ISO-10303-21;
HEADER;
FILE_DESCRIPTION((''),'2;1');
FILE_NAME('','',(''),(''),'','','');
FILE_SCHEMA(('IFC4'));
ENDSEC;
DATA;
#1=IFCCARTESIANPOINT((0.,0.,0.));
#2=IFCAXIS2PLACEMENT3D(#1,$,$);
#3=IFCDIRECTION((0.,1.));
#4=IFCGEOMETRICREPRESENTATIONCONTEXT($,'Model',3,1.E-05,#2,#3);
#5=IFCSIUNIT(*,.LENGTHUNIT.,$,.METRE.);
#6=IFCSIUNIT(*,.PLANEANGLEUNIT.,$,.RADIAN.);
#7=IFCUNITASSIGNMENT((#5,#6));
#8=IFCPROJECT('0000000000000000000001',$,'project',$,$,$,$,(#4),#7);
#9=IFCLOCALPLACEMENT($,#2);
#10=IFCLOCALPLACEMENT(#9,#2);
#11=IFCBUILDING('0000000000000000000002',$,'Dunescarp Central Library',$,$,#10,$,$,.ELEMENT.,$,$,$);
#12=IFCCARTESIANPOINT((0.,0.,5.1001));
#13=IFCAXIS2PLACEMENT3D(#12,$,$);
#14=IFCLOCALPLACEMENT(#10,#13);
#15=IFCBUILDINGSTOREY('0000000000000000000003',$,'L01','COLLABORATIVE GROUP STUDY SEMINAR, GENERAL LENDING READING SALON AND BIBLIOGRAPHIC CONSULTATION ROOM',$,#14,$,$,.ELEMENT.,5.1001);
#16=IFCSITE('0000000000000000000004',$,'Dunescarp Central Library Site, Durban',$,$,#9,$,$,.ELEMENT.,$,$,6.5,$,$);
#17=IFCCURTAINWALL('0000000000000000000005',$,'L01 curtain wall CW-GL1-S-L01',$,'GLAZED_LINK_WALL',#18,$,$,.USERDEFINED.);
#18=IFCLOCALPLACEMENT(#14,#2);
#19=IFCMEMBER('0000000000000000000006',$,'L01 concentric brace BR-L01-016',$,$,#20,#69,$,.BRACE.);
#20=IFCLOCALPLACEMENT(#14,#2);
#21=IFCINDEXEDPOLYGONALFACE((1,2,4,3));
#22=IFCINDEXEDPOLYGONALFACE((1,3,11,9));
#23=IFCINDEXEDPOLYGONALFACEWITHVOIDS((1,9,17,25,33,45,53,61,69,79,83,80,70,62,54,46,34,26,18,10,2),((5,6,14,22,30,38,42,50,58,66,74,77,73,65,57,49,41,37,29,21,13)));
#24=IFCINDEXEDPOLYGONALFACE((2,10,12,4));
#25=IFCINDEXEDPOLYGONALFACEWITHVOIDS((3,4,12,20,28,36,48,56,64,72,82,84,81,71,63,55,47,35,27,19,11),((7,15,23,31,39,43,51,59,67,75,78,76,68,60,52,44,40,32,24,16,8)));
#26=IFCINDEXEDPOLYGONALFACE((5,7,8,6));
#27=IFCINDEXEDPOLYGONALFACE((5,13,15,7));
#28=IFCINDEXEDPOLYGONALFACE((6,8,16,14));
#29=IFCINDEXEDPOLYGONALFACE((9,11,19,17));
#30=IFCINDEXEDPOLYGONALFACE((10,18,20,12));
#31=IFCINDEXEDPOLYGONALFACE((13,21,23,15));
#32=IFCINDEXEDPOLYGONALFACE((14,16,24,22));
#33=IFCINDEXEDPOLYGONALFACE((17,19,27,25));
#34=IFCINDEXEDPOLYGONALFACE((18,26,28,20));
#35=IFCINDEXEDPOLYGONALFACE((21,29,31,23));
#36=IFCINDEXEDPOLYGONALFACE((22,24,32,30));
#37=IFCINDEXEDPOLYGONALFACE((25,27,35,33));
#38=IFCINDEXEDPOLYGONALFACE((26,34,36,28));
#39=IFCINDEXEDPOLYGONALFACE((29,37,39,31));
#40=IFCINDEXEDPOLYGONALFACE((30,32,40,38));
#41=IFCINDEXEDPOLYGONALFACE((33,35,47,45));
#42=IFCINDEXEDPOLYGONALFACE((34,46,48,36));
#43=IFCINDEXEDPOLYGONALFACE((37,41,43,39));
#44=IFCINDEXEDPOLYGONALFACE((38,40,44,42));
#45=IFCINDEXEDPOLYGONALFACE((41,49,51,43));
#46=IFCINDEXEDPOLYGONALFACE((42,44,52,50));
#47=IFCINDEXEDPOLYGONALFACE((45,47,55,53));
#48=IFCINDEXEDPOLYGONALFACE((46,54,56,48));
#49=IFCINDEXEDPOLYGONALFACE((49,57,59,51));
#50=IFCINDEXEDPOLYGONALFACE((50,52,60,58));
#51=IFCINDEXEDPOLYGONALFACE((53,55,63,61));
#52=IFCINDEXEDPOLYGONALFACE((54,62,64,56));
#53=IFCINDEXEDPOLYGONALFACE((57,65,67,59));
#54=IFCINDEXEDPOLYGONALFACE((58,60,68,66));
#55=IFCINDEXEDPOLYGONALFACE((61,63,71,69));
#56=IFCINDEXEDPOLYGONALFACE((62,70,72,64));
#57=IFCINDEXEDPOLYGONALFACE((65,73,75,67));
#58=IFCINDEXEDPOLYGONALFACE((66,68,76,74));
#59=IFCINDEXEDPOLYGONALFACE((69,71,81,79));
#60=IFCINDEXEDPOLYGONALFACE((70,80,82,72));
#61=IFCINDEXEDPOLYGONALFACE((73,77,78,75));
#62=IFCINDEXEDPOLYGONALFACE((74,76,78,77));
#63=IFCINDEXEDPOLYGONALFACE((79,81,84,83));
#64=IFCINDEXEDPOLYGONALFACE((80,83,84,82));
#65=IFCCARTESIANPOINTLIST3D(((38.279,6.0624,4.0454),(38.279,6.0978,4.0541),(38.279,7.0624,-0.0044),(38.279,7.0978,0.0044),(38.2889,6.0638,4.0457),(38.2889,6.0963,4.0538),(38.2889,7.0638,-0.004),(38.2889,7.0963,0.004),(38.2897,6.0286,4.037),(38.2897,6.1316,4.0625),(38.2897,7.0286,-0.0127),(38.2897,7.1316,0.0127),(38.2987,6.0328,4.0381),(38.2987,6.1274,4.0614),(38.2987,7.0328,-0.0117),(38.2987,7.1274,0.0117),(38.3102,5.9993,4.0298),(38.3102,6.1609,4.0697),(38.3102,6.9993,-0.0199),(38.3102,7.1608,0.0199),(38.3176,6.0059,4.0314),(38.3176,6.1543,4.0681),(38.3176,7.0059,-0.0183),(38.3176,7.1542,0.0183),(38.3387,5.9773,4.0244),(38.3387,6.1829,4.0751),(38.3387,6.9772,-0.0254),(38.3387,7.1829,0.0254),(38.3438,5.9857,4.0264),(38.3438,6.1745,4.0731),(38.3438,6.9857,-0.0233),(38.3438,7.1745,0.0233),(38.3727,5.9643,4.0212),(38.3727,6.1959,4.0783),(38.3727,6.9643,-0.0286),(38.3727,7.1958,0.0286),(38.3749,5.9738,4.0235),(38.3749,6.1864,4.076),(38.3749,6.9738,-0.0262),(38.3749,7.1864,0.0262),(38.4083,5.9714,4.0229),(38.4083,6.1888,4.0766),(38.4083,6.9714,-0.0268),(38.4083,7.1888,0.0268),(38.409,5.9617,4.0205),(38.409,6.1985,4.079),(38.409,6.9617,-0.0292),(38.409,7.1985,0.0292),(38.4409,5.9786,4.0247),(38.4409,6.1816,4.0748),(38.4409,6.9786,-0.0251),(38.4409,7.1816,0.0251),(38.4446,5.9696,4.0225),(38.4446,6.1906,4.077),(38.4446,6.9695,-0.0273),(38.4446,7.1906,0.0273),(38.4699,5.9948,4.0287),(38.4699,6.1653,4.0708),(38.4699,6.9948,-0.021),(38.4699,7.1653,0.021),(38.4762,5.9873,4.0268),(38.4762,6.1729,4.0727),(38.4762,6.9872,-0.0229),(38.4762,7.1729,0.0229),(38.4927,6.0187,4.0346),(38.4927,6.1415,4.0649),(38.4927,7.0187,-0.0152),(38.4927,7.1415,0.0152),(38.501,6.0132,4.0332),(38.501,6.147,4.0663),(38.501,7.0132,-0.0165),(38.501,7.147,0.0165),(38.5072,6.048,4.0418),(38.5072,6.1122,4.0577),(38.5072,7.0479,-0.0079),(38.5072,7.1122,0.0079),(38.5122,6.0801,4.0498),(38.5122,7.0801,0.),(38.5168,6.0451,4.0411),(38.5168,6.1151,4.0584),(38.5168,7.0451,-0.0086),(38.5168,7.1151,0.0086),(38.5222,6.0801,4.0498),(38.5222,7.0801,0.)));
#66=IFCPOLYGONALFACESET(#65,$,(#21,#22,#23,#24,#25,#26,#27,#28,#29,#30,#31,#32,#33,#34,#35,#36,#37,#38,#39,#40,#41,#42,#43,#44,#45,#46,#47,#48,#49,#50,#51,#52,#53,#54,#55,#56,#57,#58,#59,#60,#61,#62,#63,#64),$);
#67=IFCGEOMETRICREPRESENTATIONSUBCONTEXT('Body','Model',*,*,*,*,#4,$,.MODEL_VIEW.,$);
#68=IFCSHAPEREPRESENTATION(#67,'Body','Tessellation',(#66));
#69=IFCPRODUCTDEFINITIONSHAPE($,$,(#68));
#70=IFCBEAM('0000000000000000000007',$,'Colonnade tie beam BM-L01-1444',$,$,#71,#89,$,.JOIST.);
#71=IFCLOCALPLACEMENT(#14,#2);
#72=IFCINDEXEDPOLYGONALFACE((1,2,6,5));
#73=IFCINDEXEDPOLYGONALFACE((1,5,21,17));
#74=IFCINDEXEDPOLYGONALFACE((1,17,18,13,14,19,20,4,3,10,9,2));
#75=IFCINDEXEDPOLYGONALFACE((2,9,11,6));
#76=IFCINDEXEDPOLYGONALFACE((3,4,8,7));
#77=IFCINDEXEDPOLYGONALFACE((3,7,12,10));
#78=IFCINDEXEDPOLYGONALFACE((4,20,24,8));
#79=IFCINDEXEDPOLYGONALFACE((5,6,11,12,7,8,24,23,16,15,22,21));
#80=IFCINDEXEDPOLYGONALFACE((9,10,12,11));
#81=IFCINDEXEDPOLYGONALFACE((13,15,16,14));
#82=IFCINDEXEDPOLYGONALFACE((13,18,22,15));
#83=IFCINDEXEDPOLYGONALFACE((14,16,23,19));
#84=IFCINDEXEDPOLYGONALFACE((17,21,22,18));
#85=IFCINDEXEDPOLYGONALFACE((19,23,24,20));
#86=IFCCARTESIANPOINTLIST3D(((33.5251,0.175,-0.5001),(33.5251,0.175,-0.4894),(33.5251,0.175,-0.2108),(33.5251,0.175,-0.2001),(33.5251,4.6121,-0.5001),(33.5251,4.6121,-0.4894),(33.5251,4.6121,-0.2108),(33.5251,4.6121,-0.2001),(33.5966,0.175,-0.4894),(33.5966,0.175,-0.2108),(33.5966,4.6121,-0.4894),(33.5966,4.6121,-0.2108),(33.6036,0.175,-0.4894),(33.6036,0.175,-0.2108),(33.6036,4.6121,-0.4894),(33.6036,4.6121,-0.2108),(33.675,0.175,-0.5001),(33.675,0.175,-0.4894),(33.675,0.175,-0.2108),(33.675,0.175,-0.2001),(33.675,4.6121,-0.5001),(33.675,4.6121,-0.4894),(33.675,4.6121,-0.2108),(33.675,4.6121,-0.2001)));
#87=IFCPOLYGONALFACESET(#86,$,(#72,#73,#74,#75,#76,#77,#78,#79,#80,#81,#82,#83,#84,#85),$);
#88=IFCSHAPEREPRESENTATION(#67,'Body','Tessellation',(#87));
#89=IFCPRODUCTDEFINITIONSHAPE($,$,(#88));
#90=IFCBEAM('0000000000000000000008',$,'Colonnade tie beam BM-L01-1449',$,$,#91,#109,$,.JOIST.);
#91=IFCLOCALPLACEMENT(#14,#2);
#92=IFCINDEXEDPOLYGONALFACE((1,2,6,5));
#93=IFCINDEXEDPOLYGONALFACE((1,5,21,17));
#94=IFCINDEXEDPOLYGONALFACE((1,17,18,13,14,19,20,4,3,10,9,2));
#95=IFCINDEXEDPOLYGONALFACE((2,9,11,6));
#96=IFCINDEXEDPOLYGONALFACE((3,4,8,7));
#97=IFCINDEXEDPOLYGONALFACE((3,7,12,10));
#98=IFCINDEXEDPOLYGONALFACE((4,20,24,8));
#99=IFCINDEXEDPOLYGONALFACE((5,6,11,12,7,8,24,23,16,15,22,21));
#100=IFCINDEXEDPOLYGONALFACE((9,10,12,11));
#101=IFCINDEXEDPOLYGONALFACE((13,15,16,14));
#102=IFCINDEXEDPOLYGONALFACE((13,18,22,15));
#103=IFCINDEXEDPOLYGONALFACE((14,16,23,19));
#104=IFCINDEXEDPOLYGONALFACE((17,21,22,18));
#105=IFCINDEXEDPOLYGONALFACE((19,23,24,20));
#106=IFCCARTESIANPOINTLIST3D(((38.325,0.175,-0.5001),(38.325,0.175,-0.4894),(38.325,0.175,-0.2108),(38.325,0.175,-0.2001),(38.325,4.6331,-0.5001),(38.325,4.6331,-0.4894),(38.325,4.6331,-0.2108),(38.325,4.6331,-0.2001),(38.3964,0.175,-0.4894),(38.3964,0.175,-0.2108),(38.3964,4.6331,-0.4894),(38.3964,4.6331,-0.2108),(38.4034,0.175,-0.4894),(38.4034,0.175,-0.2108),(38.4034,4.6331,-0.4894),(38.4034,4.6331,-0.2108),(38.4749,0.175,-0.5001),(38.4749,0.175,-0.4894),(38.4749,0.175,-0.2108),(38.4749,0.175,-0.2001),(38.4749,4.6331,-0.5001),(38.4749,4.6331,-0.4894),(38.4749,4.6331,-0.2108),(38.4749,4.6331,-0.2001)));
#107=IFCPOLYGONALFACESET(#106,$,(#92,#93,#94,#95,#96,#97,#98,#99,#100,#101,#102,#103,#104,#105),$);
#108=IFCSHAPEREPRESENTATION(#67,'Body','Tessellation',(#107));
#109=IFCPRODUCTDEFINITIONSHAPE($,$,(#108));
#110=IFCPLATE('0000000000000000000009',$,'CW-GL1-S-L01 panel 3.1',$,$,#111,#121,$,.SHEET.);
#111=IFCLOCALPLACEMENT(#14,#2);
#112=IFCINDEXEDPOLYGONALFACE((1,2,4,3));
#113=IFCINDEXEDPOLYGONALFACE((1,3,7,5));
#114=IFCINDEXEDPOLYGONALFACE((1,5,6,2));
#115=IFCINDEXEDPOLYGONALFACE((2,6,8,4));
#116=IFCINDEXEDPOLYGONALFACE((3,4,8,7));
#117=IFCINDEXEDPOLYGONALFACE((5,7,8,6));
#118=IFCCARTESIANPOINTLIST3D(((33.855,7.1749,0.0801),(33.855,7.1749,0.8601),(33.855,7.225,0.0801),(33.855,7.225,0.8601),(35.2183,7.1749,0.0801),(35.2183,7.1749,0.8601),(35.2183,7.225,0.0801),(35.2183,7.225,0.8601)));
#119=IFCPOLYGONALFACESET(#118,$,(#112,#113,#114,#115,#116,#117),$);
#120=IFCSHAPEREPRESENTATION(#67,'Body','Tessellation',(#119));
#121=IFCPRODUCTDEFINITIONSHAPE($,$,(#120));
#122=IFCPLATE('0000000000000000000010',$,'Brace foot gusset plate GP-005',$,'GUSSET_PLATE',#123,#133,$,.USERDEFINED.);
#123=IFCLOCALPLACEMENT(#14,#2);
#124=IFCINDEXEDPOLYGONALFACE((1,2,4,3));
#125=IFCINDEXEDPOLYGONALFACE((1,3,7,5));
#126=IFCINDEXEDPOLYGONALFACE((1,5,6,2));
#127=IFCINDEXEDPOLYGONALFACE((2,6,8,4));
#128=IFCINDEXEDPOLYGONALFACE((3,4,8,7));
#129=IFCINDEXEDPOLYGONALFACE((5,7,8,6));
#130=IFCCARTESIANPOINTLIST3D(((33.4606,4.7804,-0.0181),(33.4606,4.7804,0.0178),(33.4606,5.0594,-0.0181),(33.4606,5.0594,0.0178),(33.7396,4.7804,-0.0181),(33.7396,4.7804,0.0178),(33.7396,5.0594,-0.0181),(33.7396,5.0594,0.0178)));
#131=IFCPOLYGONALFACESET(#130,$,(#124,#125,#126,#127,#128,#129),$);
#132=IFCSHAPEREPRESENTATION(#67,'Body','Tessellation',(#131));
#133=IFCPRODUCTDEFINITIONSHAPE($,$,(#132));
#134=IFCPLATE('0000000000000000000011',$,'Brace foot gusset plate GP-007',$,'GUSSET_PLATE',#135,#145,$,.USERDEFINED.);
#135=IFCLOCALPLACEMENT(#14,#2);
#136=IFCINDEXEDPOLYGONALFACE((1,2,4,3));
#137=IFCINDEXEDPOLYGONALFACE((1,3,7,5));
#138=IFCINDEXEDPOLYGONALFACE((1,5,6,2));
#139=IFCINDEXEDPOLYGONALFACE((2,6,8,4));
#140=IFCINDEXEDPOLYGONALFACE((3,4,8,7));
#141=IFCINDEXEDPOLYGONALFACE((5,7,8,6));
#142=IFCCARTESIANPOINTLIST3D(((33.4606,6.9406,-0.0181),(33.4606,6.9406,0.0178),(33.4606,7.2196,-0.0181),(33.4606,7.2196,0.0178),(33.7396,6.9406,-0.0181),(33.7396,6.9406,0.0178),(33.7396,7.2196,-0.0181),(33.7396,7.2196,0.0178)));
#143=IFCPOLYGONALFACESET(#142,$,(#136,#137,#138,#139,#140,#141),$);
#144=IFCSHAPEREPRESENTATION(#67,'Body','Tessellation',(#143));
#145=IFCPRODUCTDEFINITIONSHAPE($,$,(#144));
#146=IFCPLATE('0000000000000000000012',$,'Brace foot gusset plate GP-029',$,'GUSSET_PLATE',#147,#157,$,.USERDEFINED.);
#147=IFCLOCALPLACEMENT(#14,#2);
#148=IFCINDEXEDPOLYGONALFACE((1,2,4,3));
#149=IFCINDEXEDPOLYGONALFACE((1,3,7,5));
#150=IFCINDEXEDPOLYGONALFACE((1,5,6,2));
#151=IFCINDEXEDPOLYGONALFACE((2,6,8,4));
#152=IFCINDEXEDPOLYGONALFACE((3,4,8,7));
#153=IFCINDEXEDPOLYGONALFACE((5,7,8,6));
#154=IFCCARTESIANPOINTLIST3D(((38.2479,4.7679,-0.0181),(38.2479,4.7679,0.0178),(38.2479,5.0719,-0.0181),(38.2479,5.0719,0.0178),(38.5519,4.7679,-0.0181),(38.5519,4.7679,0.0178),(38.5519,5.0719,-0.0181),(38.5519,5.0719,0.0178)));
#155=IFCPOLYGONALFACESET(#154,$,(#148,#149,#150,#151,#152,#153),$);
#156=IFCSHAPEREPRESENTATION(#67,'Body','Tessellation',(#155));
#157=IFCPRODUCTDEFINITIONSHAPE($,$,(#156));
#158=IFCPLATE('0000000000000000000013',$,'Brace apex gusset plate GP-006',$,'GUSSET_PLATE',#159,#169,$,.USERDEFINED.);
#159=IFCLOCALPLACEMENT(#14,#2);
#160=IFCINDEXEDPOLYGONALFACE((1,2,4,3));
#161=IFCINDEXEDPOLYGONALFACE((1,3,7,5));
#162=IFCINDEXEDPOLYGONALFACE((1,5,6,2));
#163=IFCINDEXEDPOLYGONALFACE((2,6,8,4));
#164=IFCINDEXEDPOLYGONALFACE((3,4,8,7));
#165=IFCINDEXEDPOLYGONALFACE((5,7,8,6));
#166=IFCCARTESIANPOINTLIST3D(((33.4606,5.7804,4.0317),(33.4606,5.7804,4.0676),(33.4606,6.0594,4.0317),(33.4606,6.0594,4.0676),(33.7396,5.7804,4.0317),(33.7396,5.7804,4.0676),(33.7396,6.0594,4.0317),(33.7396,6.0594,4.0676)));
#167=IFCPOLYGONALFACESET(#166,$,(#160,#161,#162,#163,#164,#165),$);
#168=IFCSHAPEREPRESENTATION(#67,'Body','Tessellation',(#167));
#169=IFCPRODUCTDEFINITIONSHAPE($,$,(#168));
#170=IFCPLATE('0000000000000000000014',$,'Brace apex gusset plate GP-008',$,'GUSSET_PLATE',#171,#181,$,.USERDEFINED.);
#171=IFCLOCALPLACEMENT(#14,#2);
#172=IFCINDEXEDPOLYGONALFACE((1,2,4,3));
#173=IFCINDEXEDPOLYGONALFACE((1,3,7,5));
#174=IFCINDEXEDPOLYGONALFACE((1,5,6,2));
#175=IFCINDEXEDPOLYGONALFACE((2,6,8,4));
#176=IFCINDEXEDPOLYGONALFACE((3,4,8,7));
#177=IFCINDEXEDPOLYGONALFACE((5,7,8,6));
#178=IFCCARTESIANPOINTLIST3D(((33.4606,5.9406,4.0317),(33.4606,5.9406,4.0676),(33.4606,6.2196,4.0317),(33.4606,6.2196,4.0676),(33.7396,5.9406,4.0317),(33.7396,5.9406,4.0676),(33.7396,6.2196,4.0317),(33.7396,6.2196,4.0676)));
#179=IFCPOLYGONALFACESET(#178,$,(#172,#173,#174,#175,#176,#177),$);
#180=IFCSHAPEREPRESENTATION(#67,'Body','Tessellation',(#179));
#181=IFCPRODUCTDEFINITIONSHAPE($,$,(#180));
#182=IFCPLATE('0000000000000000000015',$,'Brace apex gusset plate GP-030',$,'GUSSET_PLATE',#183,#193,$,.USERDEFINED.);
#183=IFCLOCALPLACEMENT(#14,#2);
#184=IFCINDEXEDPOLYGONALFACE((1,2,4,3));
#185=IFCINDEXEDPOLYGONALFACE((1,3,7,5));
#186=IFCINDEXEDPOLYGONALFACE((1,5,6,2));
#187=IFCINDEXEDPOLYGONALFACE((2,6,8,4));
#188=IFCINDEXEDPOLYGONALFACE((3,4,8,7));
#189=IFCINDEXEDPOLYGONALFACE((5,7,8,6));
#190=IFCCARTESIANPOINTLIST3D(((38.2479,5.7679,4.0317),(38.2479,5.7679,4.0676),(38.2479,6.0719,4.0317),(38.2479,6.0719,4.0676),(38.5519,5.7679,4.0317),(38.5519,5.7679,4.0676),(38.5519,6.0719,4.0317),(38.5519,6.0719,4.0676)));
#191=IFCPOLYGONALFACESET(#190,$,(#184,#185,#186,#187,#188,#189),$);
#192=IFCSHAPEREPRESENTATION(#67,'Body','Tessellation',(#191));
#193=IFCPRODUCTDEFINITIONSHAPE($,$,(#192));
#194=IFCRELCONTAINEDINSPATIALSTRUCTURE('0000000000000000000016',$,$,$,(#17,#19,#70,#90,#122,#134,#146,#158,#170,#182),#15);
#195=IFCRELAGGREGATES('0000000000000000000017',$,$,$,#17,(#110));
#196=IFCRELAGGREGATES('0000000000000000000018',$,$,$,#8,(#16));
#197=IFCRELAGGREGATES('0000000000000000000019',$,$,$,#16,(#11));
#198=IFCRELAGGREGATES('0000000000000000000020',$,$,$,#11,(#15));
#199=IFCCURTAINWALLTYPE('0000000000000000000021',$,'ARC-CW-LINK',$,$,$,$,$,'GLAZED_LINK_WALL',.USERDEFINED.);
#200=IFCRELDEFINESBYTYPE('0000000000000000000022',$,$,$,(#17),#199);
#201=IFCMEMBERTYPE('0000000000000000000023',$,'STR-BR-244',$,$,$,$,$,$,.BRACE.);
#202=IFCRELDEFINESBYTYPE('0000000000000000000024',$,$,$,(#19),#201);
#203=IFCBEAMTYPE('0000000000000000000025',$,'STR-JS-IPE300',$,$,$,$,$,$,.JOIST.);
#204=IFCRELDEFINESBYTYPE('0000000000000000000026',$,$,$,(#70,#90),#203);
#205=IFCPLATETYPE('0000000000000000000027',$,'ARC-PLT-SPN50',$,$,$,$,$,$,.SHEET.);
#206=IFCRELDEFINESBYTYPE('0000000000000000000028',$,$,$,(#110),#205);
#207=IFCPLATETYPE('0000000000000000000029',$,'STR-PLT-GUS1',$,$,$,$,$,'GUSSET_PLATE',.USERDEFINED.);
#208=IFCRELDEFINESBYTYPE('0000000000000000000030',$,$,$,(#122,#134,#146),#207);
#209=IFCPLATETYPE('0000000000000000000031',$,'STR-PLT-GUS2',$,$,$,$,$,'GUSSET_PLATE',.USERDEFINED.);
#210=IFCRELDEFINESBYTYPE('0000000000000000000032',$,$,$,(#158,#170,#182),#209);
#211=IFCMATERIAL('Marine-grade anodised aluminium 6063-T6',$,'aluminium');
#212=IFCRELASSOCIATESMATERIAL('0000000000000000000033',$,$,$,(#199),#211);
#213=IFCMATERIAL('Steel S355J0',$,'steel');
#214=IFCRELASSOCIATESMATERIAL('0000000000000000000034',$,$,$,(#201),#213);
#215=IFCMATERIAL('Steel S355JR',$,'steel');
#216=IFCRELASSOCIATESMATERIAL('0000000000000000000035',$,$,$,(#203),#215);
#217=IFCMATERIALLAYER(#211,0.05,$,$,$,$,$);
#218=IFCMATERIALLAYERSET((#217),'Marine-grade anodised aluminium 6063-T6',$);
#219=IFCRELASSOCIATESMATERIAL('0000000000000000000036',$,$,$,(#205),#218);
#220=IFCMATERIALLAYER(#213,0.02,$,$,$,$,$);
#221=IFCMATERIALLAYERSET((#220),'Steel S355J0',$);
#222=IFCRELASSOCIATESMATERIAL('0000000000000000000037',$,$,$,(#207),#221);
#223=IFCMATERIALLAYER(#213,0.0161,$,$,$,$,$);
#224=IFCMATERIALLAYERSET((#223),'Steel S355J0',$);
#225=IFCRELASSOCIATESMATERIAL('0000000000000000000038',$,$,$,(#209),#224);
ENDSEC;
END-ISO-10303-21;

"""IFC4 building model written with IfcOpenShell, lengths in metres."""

from ifc_helpers import new_model, si_unit, direction, frame, origin, origin_2d, place, context, subcontext, project, spatial, rectangle, hollow_circle, i_section, extrude, material, layer, layer_set, material_profile, profile_set, type_object, element, aggregate, save


model = new_model("IFC4")

# Units and contexts
model_context = context("Model", 3, precision=1e-05, world=origin(), true_north=direction((0.0, 1.0)))
body_context = subcontext(model_context, "Body", "Model", "MODEL_VIEW")
ifc_project = project(units=[si_unit("LENGTHUNIT", "METRE"), si_unit("PLANEANGLEUNIT", "RADIAN")], contexts=[model_context])

# Site, building, storey
site_placement = place(None, origin())
site = spatial("IfcSite", under=ifc_project, at=site_placement, Name="Dunescarp Central Library Site, Durban", CompositionType="ELEMENT", RefElevation=6.5)
building_placement = place(site_placement, origin())
building = spatial("IfcBuilding", under=site, at=building_placement, Name="Dunescarp Central Library", CompositionType="ELEMENT")
storey_placement = place(building_placement, frame((0.0, 0.0, 5.1001)))
storey = spatial("IfcBuildingStorey", under=building, at=storey_placement, Name="L01", Description="COLLABORATIVE GROUP STUDY SEMINAR, GENERAL LENDING READING SALON AND BIBLIOGRAPHIC CONSULTATION ROOM", CompositionType="ELEMENT", Elevation=5.1001)

# Shared definitions
ifc_material_1 = material(Name="Steel S355JR", Category="steel")

# Curtain wall
ifc_material_2 = material(Name="Marine-grade anodised aluminium 6063-T6", Category="aluminium")
curtain_wall_type = type_object("IfcCurtainWallType", Name="ARC-CW-LINK", ElementType="GLAZED_LINK_WALL", PredefinedType="USERDEFINED", material=ifc_material_2)
curtain_wall_placement = place(storey_placement, origin())
curtain_wall = element("IfcCurtainWall", 1, at=curtain_wall_placement, inside=storey, type_object=curtain_wall_type, Name="L01 curtain wall CW-GL1-S-L01", ObjectType="GLAZED_LINK_WALL", PredefinedType="USERDEFINED")

# Member
ifc_material_3 = material(Name="Steel S355J0", Category="steel")
ifc_material_profile_1 = material_profile(ifc_material_3, hollow_circle(Radius=0.1223, WallThickness=0.01, at=origin_2d()), Name="CHS 244.5x10")
ifc_profile_set_1 = profile_set([ifc_material_profile_1], Name="Steel S355J0")
member_type_1 = type_object("IfcMemberType", Name="STR-BR-244", PredefinedType="BRACE", material=ifc_profile_set_1)
for number, where, z_axis, x_axis, name in (
    (2, (38.3999, 7.0801, 0.0), (0.0, -0.239725, 0.970841), (1.0, 0.0, 0.0), "L01 concentric brace BR-L01-016"),
):
    element("IfcMember", number, at=place(storey_placement, frame(where, z_axis=z_axis, x_axis=x_axis)), inside=storey, type_object=member_type_1, Name=name, PredefinedType="BRACE", context=body_context, shape_type="SweptSolid", body=[
        extrude(hollow_circle(Radius=0.1223, WallThickness=0.01, at=origin_2d()), origin(), (0.0, 0.0, 1.0), 4.1714),
    ])

# Beams
ifc_material_profile_2 = material_profile(ifc_material_1, i_section(OverallWidth=0.1499, OverallDepth=0.3, WebThickness=0.0071, FlangeThickness=0.0107, at=origin_2d()), Name="IPE 300")
ifc_profile_set_2 = profile_set([ifc_material_profile_2], Name="Steel S355JR")
beam_type_1 = type_object("IfcBeamType", Name="STR-JS-IPE300", PredefinedType="JOIST", material=ifc_profile_set_2)
beam_1_placement = place(storey_placement, frame((33.6001, 0.175, -0.3501), z_axis=(0.0, 1.0, 0.0), x_axis=(-1.0, 0.0, 0.0)))
element("IfcBeam", 3, at=beam_1_placement, inside=storey, type_object=beam_type_1, Name="Colonnade tie beam BM-L01-1444", PredefinedType="JOIST", context=body_context, shape_type="SweptSolid", body=[
    extrude(i_section(OverallWidth=0.1499, OverallDepth=0.3, WebThickness=0.0071, FlangeThickness=0.0107, at=origin_2d()), origin(), (0.0, 0.0, 1.0), 4.437),
])
beam_2_placement = place(storey_placement, frame((38.3999, 0.175, -0.3501), z_axis=(0.0, 1.0, 0.0), x_axis=(-1.0, 0.0, 0.0)))
element("IfcBeam", 4, at=beam_2_placement, inside=storey, type_object=beam_type_1, Name="Colonnade tie beam BM-L01-1449", PredefinedType="JOIST", context=body_context, shape_type="SweptSolid", body=[
    extrude(i_section(OverallWidth=0.1499, OverallDepth=0.3, WebThickness=0.0071, FlangeThickness=0.0107, at=origin_2d()), origin(), (0.0, 0.0, 1.0), 4.458),
])

# Plate
ifc_layer_1 = layer(ifc_material_2, 0.05)
ifc_layer_set_1 = layer_set([ifc_layer_1], Name="Marine-grade anodised aluminium 6063-T6")
plate_type_1 = type_object("IfcPlateType", Name="ARC-PLT-SPN50", PredefinedType="SHEET", material=ifc_layer_set_1)
plate_1_placement = place(storey_placement, frame((34.5366, 7.2, 0.0801), z_axis=(0.0, 0.0, 1.0), x_axis=(-1.0, 0.0, 0.0)))
plate_1 = element("IfcPlate", 5, at=plate_1_placement, type_object=plate_type_1, Name="CW-GL1-S-L01 panel 3.1", PredefinedType="SHEET", context=body_context, shape_type="SweptSolid", body=[
    extrude(rectangle(XDim=1.3633, YDim=0.05, at=origin_2d()), origin(), (0.0, 0.0, 1.0), 0.78),
])
aggregate(curtain_wall, [plate_1])

# Plates
ifc_layer_2 = layer(ifc_material_3, 0.02)
ifc_layer_set_2 = layer_set([ifc_layer_2], Name="Steel S355J0")
plate_type_2 = type_object("IfcPlateType", Name="STR-PLT-GUS1", ElementType="GUSSET_PLATE", PredefinedType="USERDEFINED", material=ifc_layer_set_2)
for number, where, z_axis, x_axis, name in (
    (6, (33.6001, 4.9199, -0.0181), (0.0, 0.0, 1.0), (1.0, 0.0, 0.0), "Brace foot gusset plate GP-005"),
    (7, (33.6001, 7.0801, -0.0181), (0.0, 0.0, 1.0), (1.0, 0.0, 0.0), "Brace foot gusset plate GP-007"),
):
    element("IfcPlate", number, at=place(storey_placement, frame(where, z_axis=z_axis, x_axis=x_axis)), inside=storey, type_object=plate_type_2, Name=name, ObjectType="GUSSET_PLATE", PredefinedType="USERDEFINED", context=body_context, shape_type="SweptSolid", body=[
        extrude(rectangle(XDim=0.2791, YDim=0.2791, at=origin_2d()), origin(), (0.0, 0.0, 1.0), 0.0359),
    ])
plate_2_placement = place(storey_placement, frame((38.3999, 4.9199, -0.0181), z_axis=(0.0, 0.0, 1.0), x_axis=(1.0, 0.0, 0.0)))
element("IfcPlate", 8, at=plate_2_placement, inside=storey, type_object=plate_type_2, Name="Brace foot gusset plate GP-029", ObjectType="GUSSET_PLATE", PredefinedType="USERDEFINED", context=body_context, shape_type="SweptSolid", body=[
    extrude(rectangle(XDim=0.304, YDim=0.304, at=origin_2d()), origin(), (0.0, 0.0, 1.0), 0.0359),
])
ifc_layer_3 = layer(ifc_material_3, 0.0161)
ifc_layer_set_3 = layer_set([ifc_layer_3], Name="Steel S355J0")
plate_type_3 = type_object("IfcPlateType", Name="STR-PLT-GUS2", ElementType="GUSSET_PLATE", PredefinedType="USERDEFINED", material=ifc_layer_set_3)
for number, where, z_axis, x_axis, name in (
    (9, (33.6001, 5.9199, 4.0317), (0.0, 0.0, 1.0), (1.0, 0.0, 0.0), "Brace apex gusset plate GP-006"),
    (10, (33.6001, 6.0801, 4.0317), (0.0, 0.0, 1.0), (1.0, 0.0, 0.0), "Brace apex gusset plate GP-008"),
):
    element("IfcPlate", number, at=place(storey_placement, frame(where, z_axis=z_axis, x_axis=x_axis)), inside=storey, type_object=plate_type_3, Name=name, ObjectType="GUSSET_PLATE", PredefinedType="USERDEFINED", context=body_context, shape_type="SweptSolid", body=[
        extrude(rectangle(XDim=0.2791, YDim=0.2791, at=origin_2d()), origin(), (0.0, 0.0, 1.0), 0.0359),
    ])
for number, where, z_axis, x_axis, name in (
    (11, (38.3999, 5.9199, 4.0317), (0.0, 0.0, 1.0), (1.0, 0.0, 0.0), "Brace apex gusset plate GP-030"),
):
    element("IfcPlate", number, at=place(storey_placement, frame(where, z_axis=z_axis, x_axis=x_axis)), inside=storey, type_object=plate_type_3, Name=name, ObjectType="GUSSET_PLATE", PredefinedType="USERDEFINED", context=body_context, shape_type="SweptSolid", body=[
        extrude(rectangle(XDim=0.304, YDim=0.304, at=origin_2d()), origin(), (0.0, 0.0, 1.0), 0.0359),
    ])

save(model, "model.ifc")
